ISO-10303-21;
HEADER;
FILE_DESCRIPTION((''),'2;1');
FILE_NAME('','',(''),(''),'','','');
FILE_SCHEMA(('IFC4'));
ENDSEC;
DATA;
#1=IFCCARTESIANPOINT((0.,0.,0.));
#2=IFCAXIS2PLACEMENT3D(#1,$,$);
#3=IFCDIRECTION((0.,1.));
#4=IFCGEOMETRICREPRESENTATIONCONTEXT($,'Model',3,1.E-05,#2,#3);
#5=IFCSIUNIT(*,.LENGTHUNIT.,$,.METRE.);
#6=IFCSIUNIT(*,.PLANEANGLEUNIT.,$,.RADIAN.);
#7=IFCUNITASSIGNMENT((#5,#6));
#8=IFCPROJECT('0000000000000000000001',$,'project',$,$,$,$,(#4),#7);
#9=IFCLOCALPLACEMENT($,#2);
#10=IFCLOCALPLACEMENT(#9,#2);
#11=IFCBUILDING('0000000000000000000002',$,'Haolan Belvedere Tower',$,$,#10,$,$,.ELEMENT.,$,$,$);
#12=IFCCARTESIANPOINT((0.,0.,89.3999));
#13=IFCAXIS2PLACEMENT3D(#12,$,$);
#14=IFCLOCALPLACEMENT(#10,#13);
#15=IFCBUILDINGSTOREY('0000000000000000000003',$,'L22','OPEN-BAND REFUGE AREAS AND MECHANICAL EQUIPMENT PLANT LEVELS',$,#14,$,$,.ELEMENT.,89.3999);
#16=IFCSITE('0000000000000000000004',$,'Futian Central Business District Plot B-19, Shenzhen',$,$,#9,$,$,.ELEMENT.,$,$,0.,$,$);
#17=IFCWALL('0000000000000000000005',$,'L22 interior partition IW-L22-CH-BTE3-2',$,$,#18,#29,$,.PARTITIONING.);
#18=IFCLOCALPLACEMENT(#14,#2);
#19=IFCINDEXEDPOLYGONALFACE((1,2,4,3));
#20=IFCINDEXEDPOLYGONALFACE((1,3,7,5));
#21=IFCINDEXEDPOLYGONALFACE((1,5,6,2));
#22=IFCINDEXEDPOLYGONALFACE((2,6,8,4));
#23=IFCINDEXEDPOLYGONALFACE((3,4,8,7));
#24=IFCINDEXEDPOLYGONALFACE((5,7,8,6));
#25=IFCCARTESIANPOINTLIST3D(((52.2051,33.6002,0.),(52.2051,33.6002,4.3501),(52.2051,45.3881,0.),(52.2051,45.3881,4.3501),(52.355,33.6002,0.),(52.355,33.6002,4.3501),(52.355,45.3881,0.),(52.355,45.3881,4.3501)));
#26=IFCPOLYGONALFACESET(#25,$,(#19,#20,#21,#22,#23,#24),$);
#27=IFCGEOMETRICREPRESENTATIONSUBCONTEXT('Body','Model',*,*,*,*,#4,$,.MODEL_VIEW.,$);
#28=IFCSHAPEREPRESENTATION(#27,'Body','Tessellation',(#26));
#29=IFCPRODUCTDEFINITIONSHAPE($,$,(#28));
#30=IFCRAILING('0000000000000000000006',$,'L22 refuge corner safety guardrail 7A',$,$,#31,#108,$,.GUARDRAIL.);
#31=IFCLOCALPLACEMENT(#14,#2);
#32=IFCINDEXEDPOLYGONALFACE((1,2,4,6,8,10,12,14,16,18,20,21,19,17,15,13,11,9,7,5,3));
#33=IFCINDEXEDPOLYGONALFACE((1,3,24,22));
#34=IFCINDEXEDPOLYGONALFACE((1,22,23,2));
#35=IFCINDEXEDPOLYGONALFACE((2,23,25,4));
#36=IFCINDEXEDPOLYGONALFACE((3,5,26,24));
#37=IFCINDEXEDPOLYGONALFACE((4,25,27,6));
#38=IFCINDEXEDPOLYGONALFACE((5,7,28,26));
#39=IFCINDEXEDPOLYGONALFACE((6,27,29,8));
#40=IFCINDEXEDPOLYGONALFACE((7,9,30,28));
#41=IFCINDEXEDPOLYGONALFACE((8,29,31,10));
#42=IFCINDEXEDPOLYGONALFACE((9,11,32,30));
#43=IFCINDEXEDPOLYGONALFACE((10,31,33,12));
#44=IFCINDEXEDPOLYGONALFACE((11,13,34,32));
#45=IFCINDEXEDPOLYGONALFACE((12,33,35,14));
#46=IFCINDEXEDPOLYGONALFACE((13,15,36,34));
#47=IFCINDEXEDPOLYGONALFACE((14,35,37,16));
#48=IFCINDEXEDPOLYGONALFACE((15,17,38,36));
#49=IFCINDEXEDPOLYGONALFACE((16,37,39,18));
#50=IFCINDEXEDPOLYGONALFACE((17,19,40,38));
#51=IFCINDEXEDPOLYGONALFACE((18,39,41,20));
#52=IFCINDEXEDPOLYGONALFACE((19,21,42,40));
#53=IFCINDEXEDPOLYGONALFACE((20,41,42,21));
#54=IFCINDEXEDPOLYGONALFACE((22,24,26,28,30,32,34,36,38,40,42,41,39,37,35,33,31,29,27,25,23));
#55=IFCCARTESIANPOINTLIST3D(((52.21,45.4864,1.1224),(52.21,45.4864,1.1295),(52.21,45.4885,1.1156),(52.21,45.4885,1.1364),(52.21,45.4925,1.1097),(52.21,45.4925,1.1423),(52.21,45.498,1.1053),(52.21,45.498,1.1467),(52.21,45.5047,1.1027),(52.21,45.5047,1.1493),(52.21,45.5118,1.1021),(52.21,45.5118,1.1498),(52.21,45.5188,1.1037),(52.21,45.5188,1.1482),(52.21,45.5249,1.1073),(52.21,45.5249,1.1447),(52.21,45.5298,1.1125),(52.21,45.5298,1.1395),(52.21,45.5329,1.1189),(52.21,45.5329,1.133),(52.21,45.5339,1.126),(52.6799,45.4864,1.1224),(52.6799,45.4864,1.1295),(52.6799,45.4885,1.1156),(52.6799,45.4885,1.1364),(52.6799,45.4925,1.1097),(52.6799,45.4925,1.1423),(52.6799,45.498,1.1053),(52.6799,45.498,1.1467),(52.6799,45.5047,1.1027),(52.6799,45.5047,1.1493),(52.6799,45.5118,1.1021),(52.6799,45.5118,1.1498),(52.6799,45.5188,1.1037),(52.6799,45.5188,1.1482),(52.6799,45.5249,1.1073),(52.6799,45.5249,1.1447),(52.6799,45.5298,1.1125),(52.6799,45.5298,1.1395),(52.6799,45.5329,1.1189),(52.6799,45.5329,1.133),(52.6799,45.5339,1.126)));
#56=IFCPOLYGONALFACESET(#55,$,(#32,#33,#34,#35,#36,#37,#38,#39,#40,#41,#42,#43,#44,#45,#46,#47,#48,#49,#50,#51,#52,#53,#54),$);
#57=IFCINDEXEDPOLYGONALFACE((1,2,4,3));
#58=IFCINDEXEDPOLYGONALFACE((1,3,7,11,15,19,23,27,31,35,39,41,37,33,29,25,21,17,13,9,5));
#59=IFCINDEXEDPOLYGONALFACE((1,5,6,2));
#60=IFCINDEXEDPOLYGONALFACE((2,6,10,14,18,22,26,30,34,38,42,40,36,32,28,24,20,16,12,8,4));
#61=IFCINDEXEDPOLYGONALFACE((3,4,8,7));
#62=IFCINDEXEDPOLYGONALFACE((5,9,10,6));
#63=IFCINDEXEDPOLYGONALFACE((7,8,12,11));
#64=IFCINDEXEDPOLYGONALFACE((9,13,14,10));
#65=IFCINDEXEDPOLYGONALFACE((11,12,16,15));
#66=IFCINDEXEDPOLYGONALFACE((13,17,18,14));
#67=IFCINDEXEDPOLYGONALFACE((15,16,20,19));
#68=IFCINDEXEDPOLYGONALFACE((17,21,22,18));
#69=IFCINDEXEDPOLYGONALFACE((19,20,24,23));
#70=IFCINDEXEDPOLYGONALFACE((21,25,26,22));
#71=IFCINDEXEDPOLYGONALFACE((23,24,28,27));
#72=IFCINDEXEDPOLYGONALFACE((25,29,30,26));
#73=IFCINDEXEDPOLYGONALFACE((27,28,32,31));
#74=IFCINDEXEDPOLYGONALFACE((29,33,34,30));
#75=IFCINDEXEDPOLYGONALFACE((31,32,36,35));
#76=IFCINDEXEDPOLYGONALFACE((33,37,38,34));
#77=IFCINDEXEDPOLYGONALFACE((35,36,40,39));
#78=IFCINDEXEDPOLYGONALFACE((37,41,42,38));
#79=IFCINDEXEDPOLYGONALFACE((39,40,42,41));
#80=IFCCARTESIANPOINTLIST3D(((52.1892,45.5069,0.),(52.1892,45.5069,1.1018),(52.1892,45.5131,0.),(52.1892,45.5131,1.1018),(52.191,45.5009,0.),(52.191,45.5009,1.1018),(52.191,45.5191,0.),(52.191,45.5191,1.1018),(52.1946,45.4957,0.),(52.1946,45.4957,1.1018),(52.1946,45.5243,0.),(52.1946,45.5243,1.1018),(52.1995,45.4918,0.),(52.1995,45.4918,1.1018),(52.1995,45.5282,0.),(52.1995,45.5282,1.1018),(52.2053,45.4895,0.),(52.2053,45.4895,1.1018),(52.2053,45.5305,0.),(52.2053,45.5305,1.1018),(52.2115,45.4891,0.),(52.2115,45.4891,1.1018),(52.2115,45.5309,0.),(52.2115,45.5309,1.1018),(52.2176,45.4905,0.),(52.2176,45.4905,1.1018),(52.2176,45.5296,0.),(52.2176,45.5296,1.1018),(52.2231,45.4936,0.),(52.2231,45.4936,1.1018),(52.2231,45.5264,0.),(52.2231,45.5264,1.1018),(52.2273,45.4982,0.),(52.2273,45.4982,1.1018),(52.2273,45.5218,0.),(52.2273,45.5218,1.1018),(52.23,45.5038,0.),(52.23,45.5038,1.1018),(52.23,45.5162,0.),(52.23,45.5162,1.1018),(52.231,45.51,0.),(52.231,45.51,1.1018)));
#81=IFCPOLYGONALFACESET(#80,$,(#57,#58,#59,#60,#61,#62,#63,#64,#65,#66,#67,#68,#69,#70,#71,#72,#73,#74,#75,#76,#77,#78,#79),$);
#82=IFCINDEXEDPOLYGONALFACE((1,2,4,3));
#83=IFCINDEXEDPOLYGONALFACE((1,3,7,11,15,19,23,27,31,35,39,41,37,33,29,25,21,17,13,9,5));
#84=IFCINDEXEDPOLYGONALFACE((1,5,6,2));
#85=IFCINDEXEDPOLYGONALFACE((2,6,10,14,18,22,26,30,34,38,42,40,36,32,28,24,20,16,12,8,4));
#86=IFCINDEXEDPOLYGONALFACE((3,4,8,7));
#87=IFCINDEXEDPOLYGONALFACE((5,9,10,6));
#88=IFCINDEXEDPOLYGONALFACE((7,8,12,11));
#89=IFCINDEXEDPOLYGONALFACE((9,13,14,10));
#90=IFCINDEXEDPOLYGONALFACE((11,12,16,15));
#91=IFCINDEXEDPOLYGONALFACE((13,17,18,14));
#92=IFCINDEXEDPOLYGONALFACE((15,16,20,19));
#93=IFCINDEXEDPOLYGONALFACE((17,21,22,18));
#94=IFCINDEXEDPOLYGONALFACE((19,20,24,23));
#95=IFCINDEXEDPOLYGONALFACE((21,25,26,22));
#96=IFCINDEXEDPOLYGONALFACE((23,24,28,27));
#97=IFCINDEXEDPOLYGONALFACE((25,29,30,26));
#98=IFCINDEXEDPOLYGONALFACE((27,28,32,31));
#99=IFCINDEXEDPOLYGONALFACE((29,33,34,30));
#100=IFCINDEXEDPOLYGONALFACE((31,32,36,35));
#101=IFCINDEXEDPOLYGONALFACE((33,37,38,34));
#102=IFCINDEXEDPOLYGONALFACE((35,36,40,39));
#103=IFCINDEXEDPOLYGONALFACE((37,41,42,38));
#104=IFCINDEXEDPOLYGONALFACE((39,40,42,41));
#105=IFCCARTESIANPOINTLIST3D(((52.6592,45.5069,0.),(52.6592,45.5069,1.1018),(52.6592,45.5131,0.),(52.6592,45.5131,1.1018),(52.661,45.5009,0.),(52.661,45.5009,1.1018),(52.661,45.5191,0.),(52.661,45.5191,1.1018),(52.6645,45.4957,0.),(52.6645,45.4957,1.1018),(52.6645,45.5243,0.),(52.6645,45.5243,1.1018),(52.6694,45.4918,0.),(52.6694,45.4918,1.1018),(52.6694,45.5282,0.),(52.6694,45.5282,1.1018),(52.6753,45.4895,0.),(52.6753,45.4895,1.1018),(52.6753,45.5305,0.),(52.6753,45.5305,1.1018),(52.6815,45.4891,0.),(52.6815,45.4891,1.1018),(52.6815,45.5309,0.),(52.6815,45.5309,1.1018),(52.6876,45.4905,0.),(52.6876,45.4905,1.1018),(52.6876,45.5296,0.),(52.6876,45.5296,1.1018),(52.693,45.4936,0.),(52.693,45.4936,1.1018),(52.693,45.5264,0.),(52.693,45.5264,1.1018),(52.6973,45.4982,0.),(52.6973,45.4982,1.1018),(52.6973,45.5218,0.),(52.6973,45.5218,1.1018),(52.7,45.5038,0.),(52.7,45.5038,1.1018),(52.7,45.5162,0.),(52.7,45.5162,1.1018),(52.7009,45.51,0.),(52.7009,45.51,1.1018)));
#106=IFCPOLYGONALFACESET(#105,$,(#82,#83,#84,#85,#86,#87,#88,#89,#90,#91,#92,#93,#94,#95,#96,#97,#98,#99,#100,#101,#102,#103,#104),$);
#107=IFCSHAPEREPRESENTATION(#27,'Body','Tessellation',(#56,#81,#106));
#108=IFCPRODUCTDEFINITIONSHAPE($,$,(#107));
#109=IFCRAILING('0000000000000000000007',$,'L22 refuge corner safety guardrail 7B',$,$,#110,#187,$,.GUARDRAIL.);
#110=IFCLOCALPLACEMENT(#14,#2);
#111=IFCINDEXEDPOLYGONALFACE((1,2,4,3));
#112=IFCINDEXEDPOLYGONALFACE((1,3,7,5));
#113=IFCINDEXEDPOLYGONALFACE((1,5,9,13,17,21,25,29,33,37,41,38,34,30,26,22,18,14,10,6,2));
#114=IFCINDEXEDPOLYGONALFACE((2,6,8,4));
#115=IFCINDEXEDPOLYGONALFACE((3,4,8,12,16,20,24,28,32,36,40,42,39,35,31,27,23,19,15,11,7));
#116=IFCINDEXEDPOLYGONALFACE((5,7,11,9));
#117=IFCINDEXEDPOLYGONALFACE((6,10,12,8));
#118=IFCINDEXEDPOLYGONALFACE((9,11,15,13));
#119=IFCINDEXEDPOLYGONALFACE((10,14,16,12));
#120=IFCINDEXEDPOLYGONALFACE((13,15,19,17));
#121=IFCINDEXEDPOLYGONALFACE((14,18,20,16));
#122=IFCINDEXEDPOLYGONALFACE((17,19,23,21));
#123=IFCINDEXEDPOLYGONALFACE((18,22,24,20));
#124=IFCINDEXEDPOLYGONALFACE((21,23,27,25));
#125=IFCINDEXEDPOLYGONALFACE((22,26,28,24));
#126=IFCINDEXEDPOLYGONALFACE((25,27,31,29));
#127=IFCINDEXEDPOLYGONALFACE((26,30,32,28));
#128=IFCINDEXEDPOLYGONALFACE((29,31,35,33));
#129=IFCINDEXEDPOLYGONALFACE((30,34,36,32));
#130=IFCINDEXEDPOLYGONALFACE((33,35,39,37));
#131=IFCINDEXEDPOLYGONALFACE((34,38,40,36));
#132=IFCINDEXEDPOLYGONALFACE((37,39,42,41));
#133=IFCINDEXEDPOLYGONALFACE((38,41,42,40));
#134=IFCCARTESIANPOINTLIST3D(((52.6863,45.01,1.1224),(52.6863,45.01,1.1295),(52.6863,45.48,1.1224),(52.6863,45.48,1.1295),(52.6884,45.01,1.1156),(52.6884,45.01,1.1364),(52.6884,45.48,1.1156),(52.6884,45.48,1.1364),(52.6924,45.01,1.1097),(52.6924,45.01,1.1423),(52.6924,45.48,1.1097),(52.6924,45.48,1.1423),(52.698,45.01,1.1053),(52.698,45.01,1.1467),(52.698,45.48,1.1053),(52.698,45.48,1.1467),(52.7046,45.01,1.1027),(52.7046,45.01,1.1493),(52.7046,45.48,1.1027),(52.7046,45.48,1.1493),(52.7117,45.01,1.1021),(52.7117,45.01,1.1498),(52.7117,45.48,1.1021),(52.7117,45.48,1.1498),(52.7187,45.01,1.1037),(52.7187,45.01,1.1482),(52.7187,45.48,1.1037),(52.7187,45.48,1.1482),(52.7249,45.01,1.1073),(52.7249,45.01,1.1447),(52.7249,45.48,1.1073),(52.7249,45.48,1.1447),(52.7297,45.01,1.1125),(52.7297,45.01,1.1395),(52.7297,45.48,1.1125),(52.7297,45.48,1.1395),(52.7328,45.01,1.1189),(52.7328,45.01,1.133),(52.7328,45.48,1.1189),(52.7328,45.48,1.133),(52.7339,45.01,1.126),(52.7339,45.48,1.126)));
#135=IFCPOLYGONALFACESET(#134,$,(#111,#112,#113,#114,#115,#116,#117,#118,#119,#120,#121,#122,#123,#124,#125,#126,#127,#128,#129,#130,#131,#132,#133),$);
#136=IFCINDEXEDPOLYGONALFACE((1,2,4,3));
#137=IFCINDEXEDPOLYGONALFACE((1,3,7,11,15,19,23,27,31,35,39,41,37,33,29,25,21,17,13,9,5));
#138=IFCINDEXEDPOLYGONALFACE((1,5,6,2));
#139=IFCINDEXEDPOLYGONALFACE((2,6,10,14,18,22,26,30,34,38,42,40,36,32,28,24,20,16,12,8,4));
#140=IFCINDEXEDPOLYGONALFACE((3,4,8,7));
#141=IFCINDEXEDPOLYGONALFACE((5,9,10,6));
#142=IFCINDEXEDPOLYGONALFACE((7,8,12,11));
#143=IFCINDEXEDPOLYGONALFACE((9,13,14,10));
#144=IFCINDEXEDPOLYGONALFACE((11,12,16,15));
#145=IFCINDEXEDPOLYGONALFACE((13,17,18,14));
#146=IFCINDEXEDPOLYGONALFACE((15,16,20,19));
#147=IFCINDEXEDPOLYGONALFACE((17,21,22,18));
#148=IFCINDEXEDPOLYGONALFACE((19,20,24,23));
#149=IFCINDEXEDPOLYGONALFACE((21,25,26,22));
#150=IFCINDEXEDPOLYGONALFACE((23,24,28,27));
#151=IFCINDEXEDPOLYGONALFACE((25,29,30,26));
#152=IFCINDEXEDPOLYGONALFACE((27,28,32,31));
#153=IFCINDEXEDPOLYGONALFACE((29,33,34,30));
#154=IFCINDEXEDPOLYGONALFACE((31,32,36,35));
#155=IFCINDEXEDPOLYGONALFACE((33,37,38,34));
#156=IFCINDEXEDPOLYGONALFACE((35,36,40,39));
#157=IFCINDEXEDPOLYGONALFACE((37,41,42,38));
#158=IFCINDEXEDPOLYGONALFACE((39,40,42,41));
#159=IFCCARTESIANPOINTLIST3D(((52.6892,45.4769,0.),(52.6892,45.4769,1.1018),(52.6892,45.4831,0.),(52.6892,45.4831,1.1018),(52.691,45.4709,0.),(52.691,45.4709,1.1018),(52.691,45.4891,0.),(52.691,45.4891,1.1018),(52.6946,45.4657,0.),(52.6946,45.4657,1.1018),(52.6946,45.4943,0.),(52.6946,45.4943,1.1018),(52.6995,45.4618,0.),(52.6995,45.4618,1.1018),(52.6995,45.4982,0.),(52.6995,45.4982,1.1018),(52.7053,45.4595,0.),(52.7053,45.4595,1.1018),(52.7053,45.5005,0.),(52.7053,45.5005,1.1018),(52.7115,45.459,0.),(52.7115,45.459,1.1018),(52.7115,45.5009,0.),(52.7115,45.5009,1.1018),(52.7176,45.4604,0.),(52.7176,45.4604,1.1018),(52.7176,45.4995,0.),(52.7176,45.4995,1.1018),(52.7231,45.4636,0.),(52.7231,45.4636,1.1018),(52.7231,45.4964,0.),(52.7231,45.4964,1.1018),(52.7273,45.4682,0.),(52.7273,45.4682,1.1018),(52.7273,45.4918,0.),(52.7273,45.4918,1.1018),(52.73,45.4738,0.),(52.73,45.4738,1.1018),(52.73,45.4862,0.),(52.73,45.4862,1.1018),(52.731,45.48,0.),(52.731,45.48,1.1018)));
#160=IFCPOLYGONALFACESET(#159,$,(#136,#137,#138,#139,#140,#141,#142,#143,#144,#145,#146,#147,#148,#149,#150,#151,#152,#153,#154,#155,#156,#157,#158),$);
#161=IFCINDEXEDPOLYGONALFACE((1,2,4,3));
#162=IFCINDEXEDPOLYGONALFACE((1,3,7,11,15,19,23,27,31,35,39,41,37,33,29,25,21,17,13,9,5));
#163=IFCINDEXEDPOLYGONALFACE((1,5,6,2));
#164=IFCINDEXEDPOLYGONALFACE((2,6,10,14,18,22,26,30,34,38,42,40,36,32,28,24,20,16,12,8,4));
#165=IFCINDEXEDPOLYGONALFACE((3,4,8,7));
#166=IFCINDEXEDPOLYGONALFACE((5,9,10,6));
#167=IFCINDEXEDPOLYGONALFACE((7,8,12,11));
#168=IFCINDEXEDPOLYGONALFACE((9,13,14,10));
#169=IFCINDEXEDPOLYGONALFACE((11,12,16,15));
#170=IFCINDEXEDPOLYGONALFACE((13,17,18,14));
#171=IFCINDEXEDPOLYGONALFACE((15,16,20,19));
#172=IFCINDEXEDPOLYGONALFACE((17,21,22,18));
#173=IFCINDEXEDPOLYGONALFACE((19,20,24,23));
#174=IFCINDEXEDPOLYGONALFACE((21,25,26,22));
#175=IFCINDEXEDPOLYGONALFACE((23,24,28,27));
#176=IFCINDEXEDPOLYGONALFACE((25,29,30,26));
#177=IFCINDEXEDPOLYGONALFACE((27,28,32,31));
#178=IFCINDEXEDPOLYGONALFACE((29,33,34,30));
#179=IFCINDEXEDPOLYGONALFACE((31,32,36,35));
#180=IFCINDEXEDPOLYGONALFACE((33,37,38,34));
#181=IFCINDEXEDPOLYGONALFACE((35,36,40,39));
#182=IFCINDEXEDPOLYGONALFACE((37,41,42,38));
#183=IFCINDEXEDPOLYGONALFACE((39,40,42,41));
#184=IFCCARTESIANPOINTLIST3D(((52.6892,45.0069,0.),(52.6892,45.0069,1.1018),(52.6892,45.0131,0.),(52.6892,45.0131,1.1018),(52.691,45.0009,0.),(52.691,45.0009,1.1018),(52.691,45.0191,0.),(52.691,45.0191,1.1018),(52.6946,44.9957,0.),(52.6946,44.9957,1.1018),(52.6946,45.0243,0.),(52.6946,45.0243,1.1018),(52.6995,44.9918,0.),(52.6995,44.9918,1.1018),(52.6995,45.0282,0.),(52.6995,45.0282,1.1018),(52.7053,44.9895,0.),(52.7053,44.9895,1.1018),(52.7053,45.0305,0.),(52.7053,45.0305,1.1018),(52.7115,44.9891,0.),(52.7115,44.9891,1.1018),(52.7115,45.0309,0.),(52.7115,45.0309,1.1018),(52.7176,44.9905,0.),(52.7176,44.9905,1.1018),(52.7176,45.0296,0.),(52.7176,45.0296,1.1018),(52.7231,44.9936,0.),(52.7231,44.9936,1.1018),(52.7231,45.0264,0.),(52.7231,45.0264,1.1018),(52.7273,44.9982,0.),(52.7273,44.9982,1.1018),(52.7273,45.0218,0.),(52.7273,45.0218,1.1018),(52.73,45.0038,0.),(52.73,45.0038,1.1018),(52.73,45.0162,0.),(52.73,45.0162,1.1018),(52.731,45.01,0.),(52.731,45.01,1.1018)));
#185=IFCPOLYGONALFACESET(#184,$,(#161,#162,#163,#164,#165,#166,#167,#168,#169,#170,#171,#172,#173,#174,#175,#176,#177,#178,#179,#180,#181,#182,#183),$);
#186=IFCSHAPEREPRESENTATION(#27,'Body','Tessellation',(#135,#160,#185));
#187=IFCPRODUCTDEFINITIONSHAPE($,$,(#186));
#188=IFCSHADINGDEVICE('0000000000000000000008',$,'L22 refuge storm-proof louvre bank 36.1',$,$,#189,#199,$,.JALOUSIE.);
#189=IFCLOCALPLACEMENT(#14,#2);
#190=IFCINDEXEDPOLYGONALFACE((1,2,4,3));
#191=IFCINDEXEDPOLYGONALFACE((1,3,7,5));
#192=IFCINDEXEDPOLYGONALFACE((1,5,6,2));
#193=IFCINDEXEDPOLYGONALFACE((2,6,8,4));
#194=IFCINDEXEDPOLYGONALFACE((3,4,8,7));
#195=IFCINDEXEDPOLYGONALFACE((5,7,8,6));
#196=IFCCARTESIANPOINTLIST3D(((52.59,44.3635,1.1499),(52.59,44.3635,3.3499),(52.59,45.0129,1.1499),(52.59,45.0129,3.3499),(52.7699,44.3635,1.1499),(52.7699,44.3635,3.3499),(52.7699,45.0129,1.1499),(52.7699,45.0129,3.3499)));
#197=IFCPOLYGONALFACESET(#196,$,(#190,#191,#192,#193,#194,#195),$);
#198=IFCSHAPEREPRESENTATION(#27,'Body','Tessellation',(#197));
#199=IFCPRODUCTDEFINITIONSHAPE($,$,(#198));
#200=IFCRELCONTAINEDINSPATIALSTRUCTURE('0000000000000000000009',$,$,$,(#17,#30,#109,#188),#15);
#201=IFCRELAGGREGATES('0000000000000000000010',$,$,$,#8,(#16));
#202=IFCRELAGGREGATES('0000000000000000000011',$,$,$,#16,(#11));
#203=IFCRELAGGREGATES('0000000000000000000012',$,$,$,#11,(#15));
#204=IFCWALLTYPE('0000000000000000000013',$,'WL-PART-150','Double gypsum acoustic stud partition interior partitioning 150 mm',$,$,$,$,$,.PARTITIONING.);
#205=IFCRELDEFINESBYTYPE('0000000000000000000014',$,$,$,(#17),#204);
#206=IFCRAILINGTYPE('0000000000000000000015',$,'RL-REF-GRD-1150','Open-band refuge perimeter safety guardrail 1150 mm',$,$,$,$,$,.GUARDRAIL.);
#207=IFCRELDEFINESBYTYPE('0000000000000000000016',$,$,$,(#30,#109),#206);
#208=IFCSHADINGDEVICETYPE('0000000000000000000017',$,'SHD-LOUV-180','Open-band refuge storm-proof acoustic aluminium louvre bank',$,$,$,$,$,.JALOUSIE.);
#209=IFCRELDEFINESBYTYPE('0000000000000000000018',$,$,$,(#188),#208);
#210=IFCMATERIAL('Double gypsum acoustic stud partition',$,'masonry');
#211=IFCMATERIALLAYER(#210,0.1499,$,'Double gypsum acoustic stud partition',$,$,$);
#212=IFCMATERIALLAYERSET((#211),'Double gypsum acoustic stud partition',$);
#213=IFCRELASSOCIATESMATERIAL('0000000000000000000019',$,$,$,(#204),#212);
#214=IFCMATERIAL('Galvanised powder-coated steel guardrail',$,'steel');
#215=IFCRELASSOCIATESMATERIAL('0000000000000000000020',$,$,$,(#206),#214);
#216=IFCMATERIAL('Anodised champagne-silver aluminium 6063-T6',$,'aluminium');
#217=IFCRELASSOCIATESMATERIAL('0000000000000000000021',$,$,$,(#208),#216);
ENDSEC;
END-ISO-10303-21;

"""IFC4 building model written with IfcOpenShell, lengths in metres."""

from ifc_helpers import new_model, si_unit, direction, frame, frame_2d, origin, origin_2d, place, context, subcontext, project, spatial, rectangle, circle, extrude, material, layer, layer_set, type_object, element, save


model = new_model("IFC4")

# Units and contexts
model_context = context("Model", 3, precision=1e-05, world=origin(), true_north=direction((0.0, 1.0)))
body_context = subcontext(model_context, "Body", "Model", "MODEL_VIEW")
ifc_project = project(units=[si_unit("LENGTHUNIT", "METRE"), si_unit("PLANEANGLEUNIT", "RADIAN")], contexts=[model_context])

# Site, building, storey
site_placement = place(None, origin())
site = spatial("IfcSite", under=ifc_project, at=site_placement, Name="Futian Central Business District Plot B-19, Shenzhen", CompositionType="ELEMENT", RefElevation=0.0)
building_placement = place(site_placement, origin())
building = spatial("IfcBuilding", under=site, at=building_placement, Name="Haolan Belvedere Tower", CompositionType="ELEMENT")
storey_placement = place(building_placement, frame((0.0, 0.0, 89.3999)))
storey = spatial("IfcBuildingStorey", under=building, at=storey_placement, Name="L22", Description="OPEN-BAND REFUGE AREAS AND MECHANICAL EQUIPMENT PLANT LEVELS", CompositionType="ELEMENT", Elevation=89.3999)

# Wall
ifc_material_1 = material(Name="Double gypsum acoustic stud partition", Category="masonry")
ifc_layer_1 = layer(ifc_material_1, 0.1499, Name="Double gypsum acoustic stud partition")
ifc_layer_set_1 = layer_set([ifc_layer_1], Name="Double gypsum acoustic stud partition")
wall_type_1 = type_object("IfcWallType", Name="WL-PART-150", Description="Double gypsum acoustic stud partition interior partitioning 150 mm", PredefinedType="PARTITIONING", material=ifc_layer_set_1)
wall_1_placement = place(storey_placement, frame((52.28, 33.6001, 0.0), z_axis=(0.0, 0.0, 1.0), x_axis=(0.0, 1.0, 0.0)))
element("IfcWall", 1, at=wall_1_placement, inside=storey, type_object=wall_type_1, Name="L22 interior partition IW-L22-CH-BTE3-2", PredefinedType="PARTITIONING", context=body_context, shape_type="SweptSolid", body=[
    extrude(rectangle(XDim=11.7878, YDim=0.1499, at=frame_2d((5.894, 0.0))), origin(), (0.0, 0.0, 1.0), 4.3501),
])

# Railings
ifc_material_2 = material(Name="Galvanised powder-coated steel guardrail", Category="steel")
railing_type = type_object("IfcRailingType", Name="RL-REF-GRD-1150", Description="Open-band refuge perimeter safety guardrail 1150 mm", PredefinedType="GUARDRAIL", material=ifc_material_2)
railing_1_placement = place(storey_placement, frame((52.21, 45.51, 0.0)))
element("IfcRailing", 2, at=railing_1_placement, inside=storey, type_object=railing_type, Name="L22 refuge corner safety guardrail 7A", PredefinedType="GUARDRAIL", context=body_context, shape_type="SweptSolid", body=[
    extrude(circle(Radius=0.0239, at=origin_2d()), frame((0.0, 0.0, 1.126), z_axis=(1.0, 0.0, 0.0), x_axis=(0.0, 1.0, 0.0)), (0.0, 0.0, 1.0), 0.47),
    extrude(circle(Radius=0.021, at=origin_2d()), origin(), (0.0, 0.0, 1.0), 1.1018),
    extrude(circle(Radius=0.021, at=origin_2d()), frame((0.47, 0.0, 0.0)), (0.0, 0.0, 1.0), 1.1018),
])
railing_2_placement = place(storey_placement, frame((52.71, 45.48, 0.0)))
element("IfcRailing", 3, at=railing_2_placement, inside=storey, type_object=railing_type, Name="L22 refuge corner safety guardrail 7B", PredefinedType="GUARDRAIL", context=body_context, shape_type="SweptSolid", body=[
    extrude(circle(Radius=0.0239, at=origin_2d()), frame((0.0, 0.0, 1.126), z_axis=(0.0, -1.0, 0.0), x_axis=(1.0, 0.0, 0.0)), (0.0, 0.0, 1.0), 0.47),
    extrude(circle(Radius=0.021, at=origin_2d()), origin(), (0.0, 0.0, 1.0), 1.1018),
    extrude(circle(Radius=0.021, at=origin_2d()), frame((0.0, -0.47, 0.0)), (0.0, 0.0, 1.0), 1.1018),
])

# Shading device
ifc_material_3 = material(Name="Anodised champagne-silver aluminium 6063-T6", Category="aluminium")
shading_device_type = type_object("IfcShadingDeviceType", Name="SHD-LOUV-180", Description="Open-band refuge storm-proof acoustic aluminium louvre bank", PredefinedType="JALOUSIE", material=ifc_material_3)
shading_device_1_placement = place(storey_placement, frame((52.6799, 44.6882, 1.1499), z_axis=(0.0, 0.0, 1.0), x_axis=(0.0, 1.0, 0.0)))
element("IfcShadingDevice", 4, at=shading_device_1_placement, inside=storey, type_object=shading_device_type, Name="L22 refuge storm-proof louvre bank 36.1", PredefinedType="JALOUSIE", context=body_context, shape_type="SweptSolid", body=[
    extrude(rectangle(XDim=0.6494, YDim=0.1799, at=origin_2d()), origin(), (0.0, 0.0, 1.0), 2.2),
])

save(model, "model.ifc")
